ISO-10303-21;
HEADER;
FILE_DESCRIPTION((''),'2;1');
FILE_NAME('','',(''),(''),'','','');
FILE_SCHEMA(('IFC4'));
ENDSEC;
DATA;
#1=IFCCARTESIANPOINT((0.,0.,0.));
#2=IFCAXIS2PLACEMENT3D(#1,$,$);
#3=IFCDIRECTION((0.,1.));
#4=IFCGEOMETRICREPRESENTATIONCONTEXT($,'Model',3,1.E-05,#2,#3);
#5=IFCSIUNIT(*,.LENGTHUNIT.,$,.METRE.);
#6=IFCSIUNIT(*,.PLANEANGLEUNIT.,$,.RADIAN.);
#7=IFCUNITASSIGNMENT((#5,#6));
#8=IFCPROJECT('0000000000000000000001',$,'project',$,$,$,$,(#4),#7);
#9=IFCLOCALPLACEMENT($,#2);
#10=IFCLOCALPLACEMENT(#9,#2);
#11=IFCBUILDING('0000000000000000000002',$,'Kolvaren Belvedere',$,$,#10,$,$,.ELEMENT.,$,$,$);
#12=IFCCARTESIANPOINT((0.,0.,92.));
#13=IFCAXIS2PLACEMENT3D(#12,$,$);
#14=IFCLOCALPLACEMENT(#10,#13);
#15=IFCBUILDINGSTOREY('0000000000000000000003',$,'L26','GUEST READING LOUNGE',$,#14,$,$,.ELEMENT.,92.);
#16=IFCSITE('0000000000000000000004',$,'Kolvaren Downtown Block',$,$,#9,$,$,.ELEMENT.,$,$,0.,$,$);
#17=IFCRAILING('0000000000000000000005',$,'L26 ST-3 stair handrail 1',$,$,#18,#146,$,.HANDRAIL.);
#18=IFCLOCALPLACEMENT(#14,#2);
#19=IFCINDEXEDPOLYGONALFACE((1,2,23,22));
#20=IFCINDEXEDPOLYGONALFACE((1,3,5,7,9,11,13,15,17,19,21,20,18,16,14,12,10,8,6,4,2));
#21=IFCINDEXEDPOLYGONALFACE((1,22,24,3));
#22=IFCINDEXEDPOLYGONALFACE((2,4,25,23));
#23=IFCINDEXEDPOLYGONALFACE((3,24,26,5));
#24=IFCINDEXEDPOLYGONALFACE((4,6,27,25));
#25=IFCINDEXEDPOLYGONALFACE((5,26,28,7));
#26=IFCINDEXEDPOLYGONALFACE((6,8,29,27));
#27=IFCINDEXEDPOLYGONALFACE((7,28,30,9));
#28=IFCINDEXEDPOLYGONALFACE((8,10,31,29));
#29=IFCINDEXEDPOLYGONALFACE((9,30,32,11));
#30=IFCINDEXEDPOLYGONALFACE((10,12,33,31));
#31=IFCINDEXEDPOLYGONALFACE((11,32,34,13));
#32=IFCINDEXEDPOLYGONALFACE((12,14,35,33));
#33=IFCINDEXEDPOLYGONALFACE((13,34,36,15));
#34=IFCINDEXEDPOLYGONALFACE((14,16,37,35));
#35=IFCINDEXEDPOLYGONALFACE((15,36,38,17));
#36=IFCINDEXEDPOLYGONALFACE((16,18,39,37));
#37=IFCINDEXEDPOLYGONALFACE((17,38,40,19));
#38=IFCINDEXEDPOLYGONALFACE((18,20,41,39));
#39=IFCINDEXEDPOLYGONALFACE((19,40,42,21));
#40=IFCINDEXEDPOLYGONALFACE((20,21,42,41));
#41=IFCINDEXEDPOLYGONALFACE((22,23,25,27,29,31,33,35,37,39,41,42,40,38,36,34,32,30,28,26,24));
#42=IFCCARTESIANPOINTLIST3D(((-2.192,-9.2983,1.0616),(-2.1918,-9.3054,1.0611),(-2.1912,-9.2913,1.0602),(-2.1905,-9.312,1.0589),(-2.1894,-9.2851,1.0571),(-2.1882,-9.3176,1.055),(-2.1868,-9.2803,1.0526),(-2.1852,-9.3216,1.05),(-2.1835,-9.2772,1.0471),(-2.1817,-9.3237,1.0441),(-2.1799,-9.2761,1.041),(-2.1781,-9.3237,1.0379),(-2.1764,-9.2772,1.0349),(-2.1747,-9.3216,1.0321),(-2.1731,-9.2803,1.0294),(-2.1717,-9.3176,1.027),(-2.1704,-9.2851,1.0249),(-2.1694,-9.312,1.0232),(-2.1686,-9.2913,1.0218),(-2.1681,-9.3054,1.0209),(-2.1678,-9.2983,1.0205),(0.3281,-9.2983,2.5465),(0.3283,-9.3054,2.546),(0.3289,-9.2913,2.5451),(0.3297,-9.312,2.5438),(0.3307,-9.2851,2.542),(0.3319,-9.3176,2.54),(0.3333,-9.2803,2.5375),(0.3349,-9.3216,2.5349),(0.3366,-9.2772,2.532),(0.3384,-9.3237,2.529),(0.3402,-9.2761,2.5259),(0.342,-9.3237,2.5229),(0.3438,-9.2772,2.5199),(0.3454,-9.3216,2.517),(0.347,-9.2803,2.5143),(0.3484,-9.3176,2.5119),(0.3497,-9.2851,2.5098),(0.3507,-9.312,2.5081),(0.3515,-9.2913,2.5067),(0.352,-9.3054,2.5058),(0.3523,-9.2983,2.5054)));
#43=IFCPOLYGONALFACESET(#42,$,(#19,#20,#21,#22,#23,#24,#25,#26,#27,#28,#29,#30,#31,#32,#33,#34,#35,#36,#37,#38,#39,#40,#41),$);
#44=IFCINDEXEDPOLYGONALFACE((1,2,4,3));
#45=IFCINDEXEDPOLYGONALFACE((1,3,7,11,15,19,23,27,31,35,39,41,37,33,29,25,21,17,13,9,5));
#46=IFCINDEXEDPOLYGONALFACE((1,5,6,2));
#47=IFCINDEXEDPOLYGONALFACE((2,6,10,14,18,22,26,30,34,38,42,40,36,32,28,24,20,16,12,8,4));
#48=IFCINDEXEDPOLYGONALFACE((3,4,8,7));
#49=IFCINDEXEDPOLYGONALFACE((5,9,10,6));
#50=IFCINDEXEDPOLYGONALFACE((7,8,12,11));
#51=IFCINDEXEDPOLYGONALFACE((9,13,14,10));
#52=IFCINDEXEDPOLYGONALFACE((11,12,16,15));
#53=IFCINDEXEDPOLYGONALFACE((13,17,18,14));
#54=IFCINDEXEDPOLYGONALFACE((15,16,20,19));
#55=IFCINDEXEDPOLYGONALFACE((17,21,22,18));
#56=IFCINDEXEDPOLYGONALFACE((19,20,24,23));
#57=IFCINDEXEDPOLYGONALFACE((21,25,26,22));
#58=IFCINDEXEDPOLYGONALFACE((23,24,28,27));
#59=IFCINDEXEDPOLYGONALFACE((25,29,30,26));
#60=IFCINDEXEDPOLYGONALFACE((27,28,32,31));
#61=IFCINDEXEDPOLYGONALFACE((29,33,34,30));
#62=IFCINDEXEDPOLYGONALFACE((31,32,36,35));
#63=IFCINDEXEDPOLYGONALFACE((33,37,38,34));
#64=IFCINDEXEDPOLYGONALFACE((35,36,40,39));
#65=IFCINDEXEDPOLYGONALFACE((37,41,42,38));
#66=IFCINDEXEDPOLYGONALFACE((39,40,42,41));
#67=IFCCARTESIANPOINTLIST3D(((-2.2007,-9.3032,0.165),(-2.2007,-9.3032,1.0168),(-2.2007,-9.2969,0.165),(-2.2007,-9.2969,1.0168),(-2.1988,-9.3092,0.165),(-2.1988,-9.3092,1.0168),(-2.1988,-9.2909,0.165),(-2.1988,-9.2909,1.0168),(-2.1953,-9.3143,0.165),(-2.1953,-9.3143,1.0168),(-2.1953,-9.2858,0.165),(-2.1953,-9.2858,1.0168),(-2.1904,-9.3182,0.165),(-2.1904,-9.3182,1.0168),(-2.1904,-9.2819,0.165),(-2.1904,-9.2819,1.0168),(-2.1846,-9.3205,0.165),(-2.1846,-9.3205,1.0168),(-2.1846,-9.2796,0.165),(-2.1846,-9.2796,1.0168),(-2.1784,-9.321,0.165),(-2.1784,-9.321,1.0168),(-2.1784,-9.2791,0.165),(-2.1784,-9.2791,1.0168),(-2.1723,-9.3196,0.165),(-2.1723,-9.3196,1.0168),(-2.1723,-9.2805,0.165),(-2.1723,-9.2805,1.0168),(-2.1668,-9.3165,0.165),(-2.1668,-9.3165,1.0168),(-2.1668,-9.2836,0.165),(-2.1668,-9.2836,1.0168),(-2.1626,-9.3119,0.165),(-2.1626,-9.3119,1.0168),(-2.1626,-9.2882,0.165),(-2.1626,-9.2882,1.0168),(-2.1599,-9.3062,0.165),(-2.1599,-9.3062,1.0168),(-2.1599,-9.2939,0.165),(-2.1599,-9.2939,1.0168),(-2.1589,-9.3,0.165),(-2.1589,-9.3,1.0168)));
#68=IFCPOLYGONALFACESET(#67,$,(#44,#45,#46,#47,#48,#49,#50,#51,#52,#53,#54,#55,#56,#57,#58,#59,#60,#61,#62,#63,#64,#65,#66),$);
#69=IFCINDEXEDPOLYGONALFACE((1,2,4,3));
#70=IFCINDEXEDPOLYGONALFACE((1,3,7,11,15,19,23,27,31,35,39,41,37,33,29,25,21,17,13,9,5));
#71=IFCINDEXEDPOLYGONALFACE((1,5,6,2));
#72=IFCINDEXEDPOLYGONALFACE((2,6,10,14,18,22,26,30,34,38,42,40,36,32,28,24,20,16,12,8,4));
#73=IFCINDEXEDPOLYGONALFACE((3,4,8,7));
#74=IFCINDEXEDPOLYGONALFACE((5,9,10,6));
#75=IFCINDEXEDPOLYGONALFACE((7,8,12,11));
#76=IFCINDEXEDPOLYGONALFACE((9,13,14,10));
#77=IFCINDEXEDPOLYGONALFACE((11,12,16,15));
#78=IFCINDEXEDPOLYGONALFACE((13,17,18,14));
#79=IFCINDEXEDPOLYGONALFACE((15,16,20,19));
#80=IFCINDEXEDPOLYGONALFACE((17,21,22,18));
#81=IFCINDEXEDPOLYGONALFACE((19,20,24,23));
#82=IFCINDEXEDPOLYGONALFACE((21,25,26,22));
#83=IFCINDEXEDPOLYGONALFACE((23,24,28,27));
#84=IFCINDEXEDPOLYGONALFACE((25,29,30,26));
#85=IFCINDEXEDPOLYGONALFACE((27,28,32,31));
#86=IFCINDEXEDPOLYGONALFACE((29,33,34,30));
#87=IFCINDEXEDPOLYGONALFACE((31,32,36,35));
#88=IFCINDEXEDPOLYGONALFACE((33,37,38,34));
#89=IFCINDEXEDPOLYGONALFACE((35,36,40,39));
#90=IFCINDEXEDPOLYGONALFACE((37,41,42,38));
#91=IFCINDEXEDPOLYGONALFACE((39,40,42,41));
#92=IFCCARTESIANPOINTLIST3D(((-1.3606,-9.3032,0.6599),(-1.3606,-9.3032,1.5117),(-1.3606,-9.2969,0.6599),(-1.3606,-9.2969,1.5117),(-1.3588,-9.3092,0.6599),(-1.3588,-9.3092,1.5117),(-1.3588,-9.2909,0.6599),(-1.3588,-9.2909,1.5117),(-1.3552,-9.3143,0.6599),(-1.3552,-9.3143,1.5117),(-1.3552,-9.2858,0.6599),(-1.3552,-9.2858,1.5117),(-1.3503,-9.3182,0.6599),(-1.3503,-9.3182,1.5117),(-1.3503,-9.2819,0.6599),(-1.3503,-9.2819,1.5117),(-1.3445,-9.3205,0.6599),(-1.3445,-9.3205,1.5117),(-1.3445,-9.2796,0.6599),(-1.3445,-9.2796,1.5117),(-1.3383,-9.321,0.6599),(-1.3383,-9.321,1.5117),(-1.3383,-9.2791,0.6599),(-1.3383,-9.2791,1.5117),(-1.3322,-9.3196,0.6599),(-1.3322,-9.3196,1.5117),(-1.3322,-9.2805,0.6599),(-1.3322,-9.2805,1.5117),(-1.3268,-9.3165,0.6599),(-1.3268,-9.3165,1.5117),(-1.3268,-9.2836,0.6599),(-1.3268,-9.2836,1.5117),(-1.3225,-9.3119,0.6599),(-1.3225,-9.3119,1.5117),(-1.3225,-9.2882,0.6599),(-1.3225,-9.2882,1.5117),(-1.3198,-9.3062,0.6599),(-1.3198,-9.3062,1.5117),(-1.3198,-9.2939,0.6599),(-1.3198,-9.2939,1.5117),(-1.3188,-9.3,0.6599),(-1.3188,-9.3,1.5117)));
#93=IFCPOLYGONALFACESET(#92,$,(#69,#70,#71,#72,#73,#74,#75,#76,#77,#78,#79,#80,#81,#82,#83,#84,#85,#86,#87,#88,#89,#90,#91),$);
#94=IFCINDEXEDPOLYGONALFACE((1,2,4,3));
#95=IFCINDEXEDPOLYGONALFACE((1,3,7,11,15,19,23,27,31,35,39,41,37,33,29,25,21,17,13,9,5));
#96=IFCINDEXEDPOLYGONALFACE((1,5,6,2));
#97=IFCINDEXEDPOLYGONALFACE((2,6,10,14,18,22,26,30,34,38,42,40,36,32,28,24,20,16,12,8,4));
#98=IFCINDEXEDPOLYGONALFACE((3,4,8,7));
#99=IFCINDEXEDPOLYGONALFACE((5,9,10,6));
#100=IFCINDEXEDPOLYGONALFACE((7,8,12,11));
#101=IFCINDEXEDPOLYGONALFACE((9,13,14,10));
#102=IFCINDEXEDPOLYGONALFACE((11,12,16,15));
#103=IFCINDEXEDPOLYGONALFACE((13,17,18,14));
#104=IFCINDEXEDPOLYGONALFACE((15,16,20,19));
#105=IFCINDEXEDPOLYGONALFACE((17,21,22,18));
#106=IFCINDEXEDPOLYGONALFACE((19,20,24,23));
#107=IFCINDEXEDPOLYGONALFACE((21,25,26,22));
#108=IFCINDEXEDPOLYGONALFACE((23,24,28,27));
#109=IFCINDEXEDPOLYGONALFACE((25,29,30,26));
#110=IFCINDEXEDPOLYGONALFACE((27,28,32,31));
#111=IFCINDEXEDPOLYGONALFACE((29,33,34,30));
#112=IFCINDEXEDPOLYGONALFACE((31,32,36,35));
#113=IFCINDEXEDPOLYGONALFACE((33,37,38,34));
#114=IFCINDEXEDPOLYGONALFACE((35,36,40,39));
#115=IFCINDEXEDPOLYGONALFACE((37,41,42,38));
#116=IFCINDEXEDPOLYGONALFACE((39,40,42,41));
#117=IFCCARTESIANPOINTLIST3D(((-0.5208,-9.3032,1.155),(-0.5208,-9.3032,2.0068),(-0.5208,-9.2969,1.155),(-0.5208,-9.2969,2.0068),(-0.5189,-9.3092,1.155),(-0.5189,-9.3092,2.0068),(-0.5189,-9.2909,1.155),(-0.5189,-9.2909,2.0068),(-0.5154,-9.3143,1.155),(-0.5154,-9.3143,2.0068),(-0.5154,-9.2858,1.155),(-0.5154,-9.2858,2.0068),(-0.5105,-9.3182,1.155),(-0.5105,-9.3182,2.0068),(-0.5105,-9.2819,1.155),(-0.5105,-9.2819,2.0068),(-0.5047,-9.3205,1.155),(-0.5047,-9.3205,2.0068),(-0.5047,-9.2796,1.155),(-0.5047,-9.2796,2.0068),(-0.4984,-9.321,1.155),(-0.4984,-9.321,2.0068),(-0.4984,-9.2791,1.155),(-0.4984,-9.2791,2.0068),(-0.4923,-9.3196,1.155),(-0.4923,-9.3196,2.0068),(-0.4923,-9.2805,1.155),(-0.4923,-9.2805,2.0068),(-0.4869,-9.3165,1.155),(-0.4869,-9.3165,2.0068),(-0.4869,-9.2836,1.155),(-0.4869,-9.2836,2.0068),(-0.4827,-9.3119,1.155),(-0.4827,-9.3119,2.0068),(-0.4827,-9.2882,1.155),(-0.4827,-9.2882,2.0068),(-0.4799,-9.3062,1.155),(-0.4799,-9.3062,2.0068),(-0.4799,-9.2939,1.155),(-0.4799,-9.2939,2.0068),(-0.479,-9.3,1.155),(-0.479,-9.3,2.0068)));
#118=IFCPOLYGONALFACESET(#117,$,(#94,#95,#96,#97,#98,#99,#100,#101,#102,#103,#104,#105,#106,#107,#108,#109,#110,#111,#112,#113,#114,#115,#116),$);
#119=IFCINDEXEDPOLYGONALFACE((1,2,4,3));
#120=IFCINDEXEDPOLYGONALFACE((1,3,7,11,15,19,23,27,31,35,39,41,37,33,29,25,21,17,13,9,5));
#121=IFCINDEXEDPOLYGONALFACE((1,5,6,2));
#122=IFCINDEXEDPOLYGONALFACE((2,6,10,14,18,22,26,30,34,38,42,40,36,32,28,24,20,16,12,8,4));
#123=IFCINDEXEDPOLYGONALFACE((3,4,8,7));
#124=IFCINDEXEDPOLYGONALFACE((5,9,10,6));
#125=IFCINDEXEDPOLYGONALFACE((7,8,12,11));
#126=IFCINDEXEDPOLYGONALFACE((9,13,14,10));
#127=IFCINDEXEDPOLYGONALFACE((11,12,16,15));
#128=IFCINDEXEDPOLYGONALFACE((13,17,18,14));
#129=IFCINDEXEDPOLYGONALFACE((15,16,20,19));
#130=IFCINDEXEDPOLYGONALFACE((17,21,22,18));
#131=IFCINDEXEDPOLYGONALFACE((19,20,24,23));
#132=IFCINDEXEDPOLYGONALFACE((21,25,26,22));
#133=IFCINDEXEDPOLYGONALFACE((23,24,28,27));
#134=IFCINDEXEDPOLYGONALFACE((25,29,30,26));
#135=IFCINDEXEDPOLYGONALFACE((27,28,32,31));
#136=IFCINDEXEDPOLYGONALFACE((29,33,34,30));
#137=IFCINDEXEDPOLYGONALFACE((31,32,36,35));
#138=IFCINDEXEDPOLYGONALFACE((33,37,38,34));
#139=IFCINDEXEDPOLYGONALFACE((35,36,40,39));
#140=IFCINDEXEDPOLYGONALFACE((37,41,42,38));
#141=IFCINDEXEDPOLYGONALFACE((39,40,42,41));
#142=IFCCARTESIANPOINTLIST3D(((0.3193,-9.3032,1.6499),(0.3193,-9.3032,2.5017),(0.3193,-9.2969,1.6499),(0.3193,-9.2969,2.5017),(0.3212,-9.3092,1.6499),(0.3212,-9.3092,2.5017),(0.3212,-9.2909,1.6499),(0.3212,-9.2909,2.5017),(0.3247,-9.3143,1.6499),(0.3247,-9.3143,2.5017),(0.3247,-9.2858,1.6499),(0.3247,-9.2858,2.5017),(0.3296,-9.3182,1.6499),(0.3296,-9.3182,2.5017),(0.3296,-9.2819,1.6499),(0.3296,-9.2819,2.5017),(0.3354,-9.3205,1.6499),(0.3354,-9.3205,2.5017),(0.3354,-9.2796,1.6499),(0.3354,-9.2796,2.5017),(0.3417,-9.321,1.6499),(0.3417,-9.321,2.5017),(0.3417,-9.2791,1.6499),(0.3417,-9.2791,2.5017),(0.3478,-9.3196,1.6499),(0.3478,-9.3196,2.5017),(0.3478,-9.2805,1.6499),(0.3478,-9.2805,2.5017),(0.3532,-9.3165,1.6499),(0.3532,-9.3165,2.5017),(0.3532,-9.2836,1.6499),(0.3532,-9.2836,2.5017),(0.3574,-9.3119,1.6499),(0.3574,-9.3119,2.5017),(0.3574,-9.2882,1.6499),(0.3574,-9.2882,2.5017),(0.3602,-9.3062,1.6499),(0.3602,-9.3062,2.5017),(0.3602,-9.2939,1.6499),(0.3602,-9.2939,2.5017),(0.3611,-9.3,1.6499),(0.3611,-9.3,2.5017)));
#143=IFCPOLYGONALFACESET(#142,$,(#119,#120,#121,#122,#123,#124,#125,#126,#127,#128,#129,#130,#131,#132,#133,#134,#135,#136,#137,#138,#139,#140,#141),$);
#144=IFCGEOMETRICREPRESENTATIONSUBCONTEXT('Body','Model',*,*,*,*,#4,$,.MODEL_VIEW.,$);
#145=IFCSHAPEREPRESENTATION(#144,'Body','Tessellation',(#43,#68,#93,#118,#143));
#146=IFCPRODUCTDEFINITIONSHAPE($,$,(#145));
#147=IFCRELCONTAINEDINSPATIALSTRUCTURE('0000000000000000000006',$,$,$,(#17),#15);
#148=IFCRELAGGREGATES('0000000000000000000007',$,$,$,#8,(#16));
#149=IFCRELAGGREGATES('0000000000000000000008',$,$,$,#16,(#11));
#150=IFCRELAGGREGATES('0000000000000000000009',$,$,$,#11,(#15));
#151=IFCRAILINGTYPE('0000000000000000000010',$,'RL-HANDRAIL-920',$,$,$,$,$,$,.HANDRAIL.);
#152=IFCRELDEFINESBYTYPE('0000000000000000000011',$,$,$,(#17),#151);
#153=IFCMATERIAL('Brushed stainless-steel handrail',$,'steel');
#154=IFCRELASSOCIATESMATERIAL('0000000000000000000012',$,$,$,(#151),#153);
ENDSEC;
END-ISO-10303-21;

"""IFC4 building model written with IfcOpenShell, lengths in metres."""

from ifc_helpers import new_model, si_unit, direction, frame, origin, origin_2d, place, context, subcontext, project, spatial, circle, extrude, material, type_object, element, save


model = new_model("IFC4")

# Units and contexts
model_context = context("Model", 3, precision=1e-05, world=origin(), true_north=direction((0.0, 1.0)))
body_context = subcontext(model_context, "Body", "Model", "MODEL_VIEW")
ifc_project = project(units=[si_unit("LENGTHUNIT", "METRE"), si_unit("PLANEANGLEUNIT", "RADIAN")], contexts=[model_context])

# Site, building, storey
site_placement = place(None, origin())
site = spatial("IfcSite", under=ifc_project, at=site_placement, Name="Kolvaren Downtown Block", CompositionType="ELEMENT", RefElevation=0.0)
building_placement = place(site_placement, origin())
building = spatial("IfcBuilding", under=site, at=building_placement, Name="Kolvaren Belvedere", CompositionType="ELEMENT")
storey_placement = place(building_placement, frame((0.0, 0.0, 92.0)))
storey = spatial("IfcBuildingStorey", under=building, at=storey_placement, Name="L26", Description="GUEST READING LOUNGE", CompositionType="ELEMENT", Elevation=92.0)

# Railing
ifc_material_1 = material(Name="Brushed stainless-steel handrail", Category="steel")
railing_type_1 = type_object("IfcRailingType", Name="RL-HANDRAIL-920", PredefinedType="HANDRAIL", material=ifc_material_1)
railing_1_placement = place(storey_placement, frame((-2.1799, -9.3, 0.165)))
element("IfcRailing", 1, at=railing_1_placement, inside=storey, type_object=railing_type_1, Name="L26 ST-3 stair handrail 1", PredefinedType="HANDRAIL", context=body_context, shape_type="SweptSolid", body=[
    extrude(circle(Radius=0.0239, at=origin_2d()), frame((0.0, 0.0, 0.876), z_axis=(0.861561, 0.0, 0.507655), x_axis=(0.0, 1.0, 0.0)), (0.0, 0.0, 1.0), 2.925),
    extrude(circle(Radius=0.021, at=origin_2d()), origin(), (0.0, 0.0, 1.0), 0.8518),
    extrude(circle(Radius=0.021, at=origin_2d()), frame((0.8401, 0.0, 0.4949)), (0.0, 0.0, 1.0), 0.8518),
    extrude(circle(Radius=0.021, at=origin_2d()), frame((1.6799, 0.0, 0.99)), (0.0, 0.0, 1.0), 0.8518),
    extrude(circle(Radius=0.021, at=origin_2d()), frame((2.52, 0.0, 1.4849)), (0.0, 0.0, 1.0), 0.8518),
])

save(model, "model.ifc")
